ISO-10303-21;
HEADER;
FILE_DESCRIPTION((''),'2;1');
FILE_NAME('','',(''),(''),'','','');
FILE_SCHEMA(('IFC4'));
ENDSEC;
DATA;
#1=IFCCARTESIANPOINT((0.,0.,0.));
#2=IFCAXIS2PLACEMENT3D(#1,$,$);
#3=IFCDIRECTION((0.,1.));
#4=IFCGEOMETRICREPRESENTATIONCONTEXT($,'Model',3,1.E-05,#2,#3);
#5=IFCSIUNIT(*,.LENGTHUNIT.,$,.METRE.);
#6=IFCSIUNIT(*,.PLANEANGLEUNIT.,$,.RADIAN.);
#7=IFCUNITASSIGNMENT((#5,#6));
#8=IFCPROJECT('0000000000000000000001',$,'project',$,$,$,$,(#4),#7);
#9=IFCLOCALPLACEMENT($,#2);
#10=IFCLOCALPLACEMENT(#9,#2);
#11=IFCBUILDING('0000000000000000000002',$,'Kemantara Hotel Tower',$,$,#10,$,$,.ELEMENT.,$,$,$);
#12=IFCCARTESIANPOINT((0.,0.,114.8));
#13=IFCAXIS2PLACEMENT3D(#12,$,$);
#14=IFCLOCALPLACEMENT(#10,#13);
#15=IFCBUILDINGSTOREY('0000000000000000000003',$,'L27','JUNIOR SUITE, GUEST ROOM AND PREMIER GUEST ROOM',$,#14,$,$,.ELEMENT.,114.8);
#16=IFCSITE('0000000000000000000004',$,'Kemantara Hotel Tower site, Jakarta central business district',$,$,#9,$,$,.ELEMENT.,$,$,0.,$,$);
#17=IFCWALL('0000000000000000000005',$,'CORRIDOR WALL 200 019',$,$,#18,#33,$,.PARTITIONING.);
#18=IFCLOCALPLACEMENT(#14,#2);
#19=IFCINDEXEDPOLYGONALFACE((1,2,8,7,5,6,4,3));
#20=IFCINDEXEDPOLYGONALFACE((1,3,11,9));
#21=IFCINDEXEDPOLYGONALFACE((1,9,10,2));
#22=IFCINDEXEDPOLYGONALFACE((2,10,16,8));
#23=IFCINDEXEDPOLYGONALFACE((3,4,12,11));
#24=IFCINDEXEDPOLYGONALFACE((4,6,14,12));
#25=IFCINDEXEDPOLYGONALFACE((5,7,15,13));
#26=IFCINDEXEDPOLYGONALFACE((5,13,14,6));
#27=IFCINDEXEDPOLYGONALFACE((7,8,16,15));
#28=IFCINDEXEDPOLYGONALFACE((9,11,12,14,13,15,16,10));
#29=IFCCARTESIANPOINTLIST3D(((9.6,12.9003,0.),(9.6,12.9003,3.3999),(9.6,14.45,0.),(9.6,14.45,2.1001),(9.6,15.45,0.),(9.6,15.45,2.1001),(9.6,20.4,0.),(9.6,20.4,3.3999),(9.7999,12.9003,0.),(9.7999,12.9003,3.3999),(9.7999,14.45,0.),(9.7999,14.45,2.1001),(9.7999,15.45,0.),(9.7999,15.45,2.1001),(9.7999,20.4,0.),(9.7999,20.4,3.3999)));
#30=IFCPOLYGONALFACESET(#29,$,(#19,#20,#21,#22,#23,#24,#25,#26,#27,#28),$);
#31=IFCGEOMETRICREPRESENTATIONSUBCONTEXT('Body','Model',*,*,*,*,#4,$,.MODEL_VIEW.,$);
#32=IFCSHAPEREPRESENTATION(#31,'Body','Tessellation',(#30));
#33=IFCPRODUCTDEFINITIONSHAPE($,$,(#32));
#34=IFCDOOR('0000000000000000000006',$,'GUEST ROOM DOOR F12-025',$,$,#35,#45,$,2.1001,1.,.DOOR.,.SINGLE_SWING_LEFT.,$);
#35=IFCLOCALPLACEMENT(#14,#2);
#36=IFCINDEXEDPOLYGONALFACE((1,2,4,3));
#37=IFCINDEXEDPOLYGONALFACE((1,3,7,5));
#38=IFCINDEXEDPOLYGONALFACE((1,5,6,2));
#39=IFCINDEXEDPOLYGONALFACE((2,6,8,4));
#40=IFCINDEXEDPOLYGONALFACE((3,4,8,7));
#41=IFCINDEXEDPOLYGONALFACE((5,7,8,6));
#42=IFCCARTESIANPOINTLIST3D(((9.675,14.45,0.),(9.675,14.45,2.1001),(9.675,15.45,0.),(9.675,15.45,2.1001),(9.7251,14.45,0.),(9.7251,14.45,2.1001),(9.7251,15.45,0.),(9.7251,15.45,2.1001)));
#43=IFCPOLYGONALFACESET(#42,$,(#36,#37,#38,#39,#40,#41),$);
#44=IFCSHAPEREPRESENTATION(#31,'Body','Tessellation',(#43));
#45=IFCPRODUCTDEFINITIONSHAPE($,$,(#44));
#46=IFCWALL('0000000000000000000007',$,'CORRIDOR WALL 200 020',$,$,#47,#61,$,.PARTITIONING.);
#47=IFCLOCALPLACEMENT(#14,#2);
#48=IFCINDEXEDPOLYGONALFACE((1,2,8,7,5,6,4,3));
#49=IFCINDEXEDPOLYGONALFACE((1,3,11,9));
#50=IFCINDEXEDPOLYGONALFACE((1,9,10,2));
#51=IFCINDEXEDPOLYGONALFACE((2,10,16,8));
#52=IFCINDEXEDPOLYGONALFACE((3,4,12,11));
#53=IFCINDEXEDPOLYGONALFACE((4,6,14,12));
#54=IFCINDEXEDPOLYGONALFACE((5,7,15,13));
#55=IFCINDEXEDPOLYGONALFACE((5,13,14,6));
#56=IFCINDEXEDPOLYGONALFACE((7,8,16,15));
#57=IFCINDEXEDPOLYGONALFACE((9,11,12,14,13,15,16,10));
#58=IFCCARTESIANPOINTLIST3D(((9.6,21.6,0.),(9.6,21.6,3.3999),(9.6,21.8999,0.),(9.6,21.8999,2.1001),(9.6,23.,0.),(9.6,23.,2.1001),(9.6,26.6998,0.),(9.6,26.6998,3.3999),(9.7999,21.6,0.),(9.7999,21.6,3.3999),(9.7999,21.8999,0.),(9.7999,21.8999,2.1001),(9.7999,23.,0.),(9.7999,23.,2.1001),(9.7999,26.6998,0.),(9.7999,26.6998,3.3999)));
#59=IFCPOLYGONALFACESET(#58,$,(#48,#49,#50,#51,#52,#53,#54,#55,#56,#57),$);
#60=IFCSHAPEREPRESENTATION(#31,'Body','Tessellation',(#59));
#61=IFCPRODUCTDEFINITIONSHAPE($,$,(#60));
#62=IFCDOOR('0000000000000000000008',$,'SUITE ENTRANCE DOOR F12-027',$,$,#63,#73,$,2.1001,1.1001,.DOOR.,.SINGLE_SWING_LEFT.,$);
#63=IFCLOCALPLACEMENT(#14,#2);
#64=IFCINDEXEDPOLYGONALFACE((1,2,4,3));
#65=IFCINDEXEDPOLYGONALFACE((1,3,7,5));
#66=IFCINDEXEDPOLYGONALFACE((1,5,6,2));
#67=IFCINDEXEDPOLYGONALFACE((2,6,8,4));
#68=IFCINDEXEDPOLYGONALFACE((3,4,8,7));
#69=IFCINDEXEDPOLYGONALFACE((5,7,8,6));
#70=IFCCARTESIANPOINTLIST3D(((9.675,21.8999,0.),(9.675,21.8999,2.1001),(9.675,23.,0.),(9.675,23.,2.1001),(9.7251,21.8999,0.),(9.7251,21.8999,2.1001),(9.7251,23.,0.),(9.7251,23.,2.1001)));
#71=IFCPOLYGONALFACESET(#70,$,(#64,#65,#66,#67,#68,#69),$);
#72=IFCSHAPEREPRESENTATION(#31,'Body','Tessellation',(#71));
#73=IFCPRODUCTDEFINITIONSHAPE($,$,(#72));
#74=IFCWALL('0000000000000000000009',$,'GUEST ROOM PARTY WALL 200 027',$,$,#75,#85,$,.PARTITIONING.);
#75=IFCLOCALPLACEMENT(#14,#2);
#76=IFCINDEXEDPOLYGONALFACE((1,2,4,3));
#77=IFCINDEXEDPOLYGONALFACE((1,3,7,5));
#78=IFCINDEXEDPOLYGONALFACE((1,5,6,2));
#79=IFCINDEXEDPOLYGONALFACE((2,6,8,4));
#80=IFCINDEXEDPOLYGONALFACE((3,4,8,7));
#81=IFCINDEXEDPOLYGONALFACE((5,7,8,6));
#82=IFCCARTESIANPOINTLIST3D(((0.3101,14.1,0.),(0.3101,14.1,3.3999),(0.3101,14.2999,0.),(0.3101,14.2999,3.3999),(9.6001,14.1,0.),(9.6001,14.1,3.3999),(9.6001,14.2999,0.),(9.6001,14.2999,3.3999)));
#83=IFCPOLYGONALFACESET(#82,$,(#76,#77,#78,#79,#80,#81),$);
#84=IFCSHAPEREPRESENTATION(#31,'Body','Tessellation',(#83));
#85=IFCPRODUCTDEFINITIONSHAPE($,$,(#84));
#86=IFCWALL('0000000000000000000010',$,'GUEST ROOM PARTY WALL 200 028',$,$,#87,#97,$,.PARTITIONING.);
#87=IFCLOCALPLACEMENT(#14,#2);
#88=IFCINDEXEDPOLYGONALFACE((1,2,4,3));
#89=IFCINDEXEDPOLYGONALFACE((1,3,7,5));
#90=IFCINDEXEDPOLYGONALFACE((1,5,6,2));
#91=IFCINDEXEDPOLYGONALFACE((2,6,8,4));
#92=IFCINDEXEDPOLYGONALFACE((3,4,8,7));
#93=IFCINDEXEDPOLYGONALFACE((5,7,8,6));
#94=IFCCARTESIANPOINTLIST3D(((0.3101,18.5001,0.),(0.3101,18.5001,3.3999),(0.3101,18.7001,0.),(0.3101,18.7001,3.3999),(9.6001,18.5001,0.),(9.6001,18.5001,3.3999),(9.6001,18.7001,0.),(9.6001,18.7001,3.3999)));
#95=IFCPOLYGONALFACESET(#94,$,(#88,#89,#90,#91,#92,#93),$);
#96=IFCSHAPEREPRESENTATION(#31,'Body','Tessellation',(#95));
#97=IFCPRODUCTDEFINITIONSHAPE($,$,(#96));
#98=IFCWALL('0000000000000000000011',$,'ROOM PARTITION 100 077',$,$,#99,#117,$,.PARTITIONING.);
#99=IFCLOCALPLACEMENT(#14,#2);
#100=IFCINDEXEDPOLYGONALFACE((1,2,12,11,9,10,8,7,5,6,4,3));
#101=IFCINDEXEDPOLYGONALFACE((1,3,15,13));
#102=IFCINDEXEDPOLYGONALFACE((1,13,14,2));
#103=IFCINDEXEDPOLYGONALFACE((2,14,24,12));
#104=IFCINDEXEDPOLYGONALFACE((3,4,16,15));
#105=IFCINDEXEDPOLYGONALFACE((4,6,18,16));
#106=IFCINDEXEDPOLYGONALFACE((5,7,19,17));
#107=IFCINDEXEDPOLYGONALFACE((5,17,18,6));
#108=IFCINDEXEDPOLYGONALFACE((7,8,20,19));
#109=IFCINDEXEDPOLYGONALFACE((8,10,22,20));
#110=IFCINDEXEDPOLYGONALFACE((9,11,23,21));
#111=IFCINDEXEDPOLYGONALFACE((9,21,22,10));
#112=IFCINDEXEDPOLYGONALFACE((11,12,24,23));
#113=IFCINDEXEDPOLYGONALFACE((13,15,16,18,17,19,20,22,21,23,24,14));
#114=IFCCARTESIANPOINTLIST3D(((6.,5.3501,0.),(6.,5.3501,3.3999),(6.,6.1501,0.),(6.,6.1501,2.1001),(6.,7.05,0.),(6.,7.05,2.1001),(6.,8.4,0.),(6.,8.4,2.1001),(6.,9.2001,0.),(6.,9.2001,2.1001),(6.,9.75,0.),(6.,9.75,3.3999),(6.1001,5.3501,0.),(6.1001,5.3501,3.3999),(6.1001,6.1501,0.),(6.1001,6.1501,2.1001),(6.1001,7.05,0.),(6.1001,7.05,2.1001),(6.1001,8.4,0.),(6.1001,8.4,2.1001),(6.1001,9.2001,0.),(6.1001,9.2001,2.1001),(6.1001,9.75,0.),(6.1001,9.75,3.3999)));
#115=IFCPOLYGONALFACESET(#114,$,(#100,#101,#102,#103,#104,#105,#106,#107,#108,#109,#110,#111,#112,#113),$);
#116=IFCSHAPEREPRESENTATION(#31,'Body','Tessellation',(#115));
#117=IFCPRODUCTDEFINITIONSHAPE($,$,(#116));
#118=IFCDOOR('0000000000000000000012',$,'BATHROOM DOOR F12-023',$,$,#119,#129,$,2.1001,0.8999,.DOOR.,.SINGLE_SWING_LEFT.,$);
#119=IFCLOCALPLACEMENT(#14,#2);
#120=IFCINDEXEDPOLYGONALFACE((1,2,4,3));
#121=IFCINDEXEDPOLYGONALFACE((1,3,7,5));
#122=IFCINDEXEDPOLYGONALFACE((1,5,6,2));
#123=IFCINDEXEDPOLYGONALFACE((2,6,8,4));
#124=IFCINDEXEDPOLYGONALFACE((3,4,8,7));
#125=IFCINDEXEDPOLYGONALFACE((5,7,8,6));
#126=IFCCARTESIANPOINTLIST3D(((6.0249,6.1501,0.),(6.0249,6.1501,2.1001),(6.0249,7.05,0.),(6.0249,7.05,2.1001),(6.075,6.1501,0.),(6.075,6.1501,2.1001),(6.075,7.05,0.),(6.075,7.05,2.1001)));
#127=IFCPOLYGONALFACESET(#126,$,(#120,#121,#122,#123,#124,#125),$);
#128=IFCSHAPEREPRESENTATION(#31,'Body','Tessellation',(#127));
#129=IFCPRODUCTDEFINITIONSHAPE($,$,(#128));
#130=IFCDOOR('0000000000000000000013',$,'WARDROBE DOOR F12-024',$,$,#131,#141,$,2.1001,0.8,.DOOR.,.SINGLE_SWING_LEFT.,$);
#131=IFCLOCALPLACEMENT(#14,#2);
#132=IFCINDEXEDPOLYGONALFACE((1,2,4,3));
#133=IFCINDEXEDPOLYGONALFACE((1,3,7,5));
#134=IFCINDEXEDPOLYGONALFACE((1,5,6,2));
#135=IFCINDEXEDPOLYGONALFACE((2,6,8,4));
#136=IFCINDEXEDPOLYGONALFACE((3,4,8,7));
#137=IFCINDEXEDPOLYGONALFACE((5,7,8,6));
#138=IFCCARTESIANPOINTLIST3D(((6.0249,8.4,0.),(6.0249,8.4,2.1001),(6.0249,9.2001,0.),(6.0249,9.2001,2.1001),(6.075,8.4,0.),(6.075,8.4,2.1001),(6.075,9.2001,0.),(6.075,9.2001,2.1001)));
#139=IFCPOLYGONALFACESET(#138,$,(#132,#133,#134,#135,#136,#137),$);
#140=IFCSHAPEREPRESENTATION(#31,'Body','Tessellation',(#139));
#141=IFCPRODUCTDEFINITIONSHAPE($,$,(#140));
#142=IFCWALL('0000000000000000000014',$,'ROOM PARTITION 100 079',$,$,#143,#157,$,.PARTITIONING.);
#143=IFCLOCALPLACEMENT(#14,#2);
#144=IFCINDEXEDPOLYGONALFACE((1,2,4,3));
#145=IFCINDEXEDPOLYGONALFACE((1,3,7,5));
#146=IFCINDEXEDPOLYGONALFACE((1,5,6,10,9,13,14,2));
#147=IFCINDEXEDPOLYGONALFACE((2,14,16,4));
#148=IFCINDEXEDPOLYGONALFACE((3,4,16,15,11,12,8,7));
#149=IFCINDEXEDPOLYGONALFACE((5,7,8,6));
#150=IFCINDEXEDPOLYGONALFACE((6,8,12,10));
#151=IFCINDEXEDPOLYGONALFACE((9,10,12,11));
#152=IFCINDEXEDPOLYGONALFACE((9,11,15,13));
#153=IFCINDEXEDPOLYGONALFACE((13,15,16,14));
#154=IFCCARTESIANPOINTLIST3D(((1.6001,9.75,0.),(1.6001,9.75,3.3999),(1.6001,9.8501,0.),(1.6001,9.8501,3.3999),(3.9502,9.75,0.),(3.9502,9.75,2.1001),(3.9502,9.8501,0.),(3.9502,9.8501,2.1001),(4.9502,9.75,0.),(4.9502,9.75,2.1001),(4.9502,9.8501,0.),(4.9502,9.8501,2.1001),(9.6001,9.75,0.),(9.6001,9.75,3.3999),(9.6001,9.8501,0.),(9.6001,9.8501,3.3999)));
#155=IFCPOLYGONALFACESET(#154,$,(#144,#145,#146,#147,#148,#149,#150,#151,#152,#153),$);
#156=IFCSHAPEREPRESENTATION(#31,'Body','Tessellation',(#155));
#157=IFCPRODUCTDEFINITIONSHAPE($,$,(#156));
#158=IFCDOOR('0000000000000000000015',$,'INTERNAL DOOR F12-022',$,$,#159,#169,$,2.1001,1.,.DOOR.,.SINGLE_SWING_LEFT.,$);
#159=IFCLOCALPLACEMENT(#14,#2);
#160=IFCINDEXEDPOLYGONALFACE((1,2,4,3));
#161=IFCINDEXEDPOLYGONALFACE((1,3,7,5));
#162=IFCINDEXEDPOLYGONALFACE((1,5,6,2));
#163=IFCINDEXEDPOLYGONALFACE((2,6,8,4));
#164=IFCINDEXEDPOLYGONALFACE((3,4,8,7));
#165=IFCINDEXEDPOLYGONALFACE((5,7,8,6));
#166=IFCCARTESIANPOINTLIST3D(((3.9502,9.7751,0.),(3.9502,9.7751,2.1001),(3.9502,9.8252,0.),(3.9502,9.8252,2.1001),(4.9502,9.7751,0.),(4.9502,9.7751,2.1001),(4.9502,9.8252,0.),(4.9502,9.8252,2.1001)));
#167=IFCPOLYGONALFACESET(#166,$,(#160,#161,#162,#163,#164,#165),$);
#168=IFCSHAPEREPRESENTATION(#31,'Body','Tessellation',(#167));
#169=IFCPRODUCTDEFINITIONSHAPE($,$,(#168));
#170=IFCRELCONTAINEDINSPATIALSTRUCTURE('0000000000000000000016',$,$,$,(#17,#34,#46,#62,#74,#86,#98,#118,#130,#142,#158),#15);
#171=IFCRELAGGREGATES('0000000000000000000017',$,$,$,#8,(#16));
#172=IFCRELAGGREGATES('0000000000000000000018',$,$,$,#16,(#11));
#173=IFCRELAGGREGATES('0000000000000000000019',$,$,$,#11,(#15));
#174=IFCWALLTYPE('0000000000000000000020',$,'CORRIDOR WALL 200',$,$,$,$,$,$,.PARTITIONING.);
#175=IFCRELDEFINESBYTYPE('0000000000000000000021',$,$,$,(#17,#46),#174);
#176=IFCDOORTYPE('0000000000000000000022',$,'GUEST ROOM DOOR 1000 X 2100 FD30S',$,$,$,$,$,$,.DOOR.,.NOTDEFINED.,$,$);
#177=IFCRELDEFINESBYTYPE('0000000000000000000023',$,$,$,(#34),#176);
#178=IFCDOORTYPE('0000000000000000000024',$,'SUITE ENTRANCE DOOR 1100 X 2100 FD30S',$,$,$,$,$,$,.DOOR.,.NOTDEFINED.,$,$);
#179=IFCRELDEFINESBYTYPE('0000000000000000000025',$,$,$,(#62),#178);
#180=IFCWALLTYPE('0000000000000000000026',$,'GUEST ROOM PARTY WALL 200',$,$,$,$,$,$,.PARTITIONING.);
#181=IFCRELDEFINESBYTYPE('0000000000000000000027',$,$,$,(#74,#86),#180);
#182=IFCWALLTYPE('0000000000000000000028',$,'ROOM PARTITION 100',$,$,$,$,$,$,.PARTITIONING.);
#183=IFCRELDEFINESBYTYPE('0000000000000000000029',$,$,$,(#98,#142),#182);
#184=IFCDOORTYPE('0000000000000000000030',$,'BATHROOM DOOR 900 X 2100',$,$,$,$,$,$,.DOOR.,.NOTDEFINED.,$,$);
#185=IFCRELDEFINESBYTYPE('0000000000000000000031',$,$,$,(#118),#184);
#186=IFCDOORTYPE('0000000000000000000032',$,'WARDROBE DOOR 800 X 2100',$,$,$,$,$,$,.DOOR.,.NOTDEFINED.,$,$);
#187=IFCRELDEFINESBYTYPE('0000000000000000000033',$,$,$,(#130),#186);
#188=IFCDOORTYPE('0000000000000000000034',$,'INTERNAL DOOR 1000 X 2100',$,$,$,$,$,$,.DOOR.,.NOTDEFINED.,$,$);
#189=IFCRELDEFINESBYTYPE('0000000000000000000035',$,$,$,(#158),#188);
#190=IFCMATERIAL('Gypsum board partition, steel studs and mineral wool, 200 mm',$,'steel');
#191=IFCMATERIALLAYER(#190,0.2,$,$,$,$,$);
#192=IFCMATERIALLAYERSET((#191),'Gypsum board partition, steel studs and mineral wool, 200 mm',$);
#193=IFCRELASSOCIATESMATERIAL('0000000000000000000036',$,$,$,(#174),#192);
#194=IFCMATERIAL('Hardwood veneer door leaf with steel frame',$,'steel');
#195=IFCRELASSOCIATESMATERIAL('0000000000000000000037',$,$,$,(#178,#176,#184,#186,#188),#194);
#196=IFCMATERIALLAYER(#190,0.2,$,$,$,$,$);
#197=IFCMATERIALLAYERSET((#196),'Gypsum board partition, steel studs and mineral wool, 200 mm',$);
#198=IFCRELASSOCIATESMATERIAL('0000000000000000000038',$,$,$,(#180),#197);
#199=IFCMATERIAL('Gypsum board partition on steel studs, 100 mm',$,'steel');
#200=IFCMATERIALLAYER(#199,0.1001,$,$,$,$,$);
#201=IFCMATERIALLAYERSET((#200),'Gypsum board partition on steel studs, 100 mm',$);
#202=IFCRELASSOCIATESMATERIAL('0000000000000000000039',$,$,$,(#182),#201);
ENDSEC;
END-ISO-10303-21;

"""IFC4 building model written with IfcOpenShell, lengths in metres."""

from ifc_helpers import new_model, si_unit, direction, frame, frame_2d, origin, place, context, subcontext, project, spatial, rectangle, extrude, material, layer, layer_set, type_object, element, fill, save


model = new_model("IFC4")

# Units and contexts
model_context = context("Model", 3, precision=1e-05, world=origin(), true_north=direction((0.0, 1.0)))
body_context = subcontext(model_context, "Body", "Model", "MODEL_VIEW")
ifc_project = project(units=[si_unit("LENGTHUNIT", "METRE"), si_unit("PLANEANGLEUNIT", "RADIAN")], contexts=[model_context])

# Site, building, storey
site_placement = place(None, origin())
site = spatial("IfcSite", under=ifc_project, at=site_placement, Name="Kemantara Hotel Tower site, Jakarta central business district", CompositionType="ELEMENT", RefElevation=0.0)
building_placement = place(site_placement, origin())
building = spatial("IfcBuilding", under=site, at=building_placement, Name="Kemantara Hotel Tower", CompositionType="ELEMENT")
storey_placement = place(building_placement, frame((0.0, 0.0, 114.8)))
storey = spatial("IfcBuildingStorey", under=building, at=storey_placement, Name="L27", Description="JUNIOR SUITE, GUEST ROOM AND PREMIER GUEST ROOM", CompositionType="ELEMENT", Elevation=114.8)

# Walls, openings, doors
ifc_material_1 = material(Name="Gypsum board partition, steel studs and mineral wool, 200 mm", Category="steel")
ifc_layer_1 = layer(ifc_material_1, 0.2)
ifc_layer_set_1 = layer_set([ifc_layer_1], Name="Gypsum board partition, steel studs and mineral wool, 200 mm")
wall_type_1 = type_object("IfcWallType", Name="CORRIDOR WALL 200", PredefinedType="PARTITIONING", material=ifc_layer_set_1)
ifc_material_2 = material(Name="Hardwood veneer door leaf with steel frame", Category="steel")
door_type_1 = type_object("IfcDoorType", Name="SUITE ENTRANCE DOOR 1100 X 2100 FD30S", OperationType="NOTDEFINED", PredefinedType="DOOR", material=ifc_material_2)
wall_1_placement = place(storey_placement, frame((9.7, 12.9001, 0.0), z_axis=(0.0, 0.0, 1.0), x_axis=(0.0, 1.0, 0.0)))
wall_1 = element("IfcWall", 1, at=wall_1_placement, inside=storey, type_object=wall_type_1, Name="CORRIDOR WALL 200 019", PredefinedType="PARTITIONING", context=body_context, shape_type="SweptSolid", body=[
    extrude(rectangle(XDim=7.4998, YDim=0.2, at=frame_2d((3.75, 0.0))), origin(), (0.0, 0.0, 1.0), 3.3999),
])
opening_1_placement = place(wall_1_placement, frame((1.5498, 0.0, 0.0)))
opening_1 = element("IfcOpeningElement", 2, at=opening_1_placement, cuts=wall_1, PredefinedType="OPENING", context=body_context, shape_type="SweptSolid", body=[
    extrude(rectangle(XDim=1.0, YDim=2.1001, at=frame_2d((0.5, 1.05))), frame((0.0, 0.1099, 0.0), z_axis=(0.0, -1.0, 0.0), x_axis=(1.0, 0.0, 0.0)), (0.0, 0.0, 1.0), 0.22),
])
door_type_2 = type_object("IfcDoorType", Name="GUEST ROOM DOOR 1000 X 2100 FD30S", OperationType="NOTDEFINED", PredefinedType="DOOR", material=ifc_material_2)
door_1_placement = place(opening_1_placement, origin())
door_1 = element("IfcDoor", 3, at=door_1_placement, inside=storey, type_object=door_type_2, Name="GUEST ROOM DOOR F12-025", OperationType="SINGLE_SWING_LEFT", OverallHeight=2.1001, OverallWidth=1.0, PredefinedType="DOOR", context=body_context, shape_type="SweptSolid", body=[
    extrude(rectangle(XDim=1.0, YDim=2.1001, at=frame_2d((0.5, 1.05))), frame((0.0, 0.0249, 0.0), z_axis=(0.0, -1.0, 0.0), x_axis=(1.0, 0.0, 0.0)), (0.0, 0.0, 1.0), 0.05),
])
fill(opening_1, door_1)
wall_2_placement = place(storey_placement, frame((9.7, 21.6001, 0.0), z_axis=(0.0, 0.0, 1.0), x_axis=(0.0, 1.0, 0.0)))
wall_2 = element("IfcWall", 4, at=wall_2_placement, inside=storey, type_object=wall_type_1, Name="CORRIDOR WALL 200 020", PredefinedType="PARTITIONING", context=body_context, shape_type="SweptSolid", body=[
    extrude(rectangle(XDim=5.0999, YDim=0.2, at=frame_2d((2.5498, 0.0))), origin(), (0.0, 0.0, 1.0), 3.3999),
])
opening_2_placement = place(wall_2_placement, frame((0.2998, 0.0, 0.0)))
opening_2 = element("IfcOpeningElement", 5, at=opening_2_placement, cuts=wall_2, PredefinedType="OPENING", context=body_context, shape_type="SweptSolid", body=[
    extrude(rectangle(XDim=1.1001, YDim=2.1001, at=frame_2d((0.55, 1.05))), frame((0.0, 0.1099, 0.0), z_axis=(0.0, -1.0, 0.0), x_axis=(1.0, 0.0, 0.0)), (0.0, 0.0, 1.0), 0.22),
])
door_2_placement = place(opening_2_placement, origin())
door_2 = element("IfcDoor", 6, at=door_2_placement, inside=storey, type_object=door_type_1, Name="SUITE ENTRANCE DOOR F12-027", OperationType="SINGLE_SWING_LEFT", OverallHeight=2.1001, OverallWidth=1.1001, PredefinedType="DOOR", context=body_context, shape_type="SweptSolid", body=[
    extrude(rectangle(XDim=1.1001, YDim=2.1001, at=frame_2d((0.55, 1.05))), frame((0.0, 0.0249, 0.0), z_axis=(0.0, -1.0, 0.0), x_axis=(1.0, 0.0, 0.0)), (0.0, 0.0, 1.0), 0.05),
])
fill(opening_2, door_2)

# Walls
ifc_layer_2 = layer(ifc_material_1, 0.2)
ifc_layer_set_2 = layer_set([ifc_layer_2], Name="Gypsum board partition, steel studs and mineral wool, 200 mm")
wall_type_2 = type_object("IfcWallType", Name="GUEST ROOM PARTY WALL 200", PredefinedType="PARTITIONING", material=ifc_layer_set_2)
for number, where, z_axis, x_axis, name in (
    (7, (0.3101, 14.2, 0.0), (0.0, 0.0, 1.0), (1.0, 0.0, 0.0), "GUEST ROOM PARTY WALL 200 027"),
    (8, (0.3101, 18.6001, 0.0), (0.0, 0.0, 1.0), (1.0, 0.0, 0.0), "GUEST ROOM PARTY WALL 200 028"),
):
    element("IfcWall", number, at=place(storey_placement, frame(where, z_axis=z_axis, x_axis=x_axis)), inside=storey, type_object=wall_type_2, Name=name, PredefinedType="PARTITIONING", context=body_context, shape_type="SweptSolid", body=[
        extrude(rectangle(XDim=9.29, YDim=0.2, at=frame_2d((4.645, 0.0))), origin(), (0.0, 0.0, 1.0), 3.3999),
    ])

# Wall, openings, doors
ifc_material_3 = material(Name="Gypsum board partition on steel studs, 100 mm", Category="steel")
ifc_layer_3 = layer(ifc_material_3, 0.1001)
ifc_layer_set_3 = layer_set([ifc_layer_3], Name="Gypsum board partition on steel studs, 100 mm")
wall_type_3 = type_object("IfcWallType", Name="ROOM PARTITION 100", PredefinedType="PARTITIONING", material=ifc_layer_set_3)
wall_3_placement = place(storey_placement, frame((6.05, 9.75, 0.0), z_axis=(0.0, 0.0, 1.0), x_axis=(0.0, -1.0, 0.0)))
wall_3 = element("IfcWall", 9, at=wall_3_placement, inside=storey, type_object=wall_type_3, Name="ROOM PARTITION 100 077", PredefinedType="PARTITIONING", context=body_context, shape_type="SweptSolid", body=[
    extrude(rectangle(XDim=4.3999, YDim=0.1001, at=frame_2d((2.2, 0.0))), origin(), (0.0, 0.0, 1.0), 3.3999),
])
opening_3_placement = place(wall_3_placement, frame((2.7, 0.0, 0.0)))
opening_3 = element("IfcOpeningElement", 10, at=opening_3_placement, cuts=wall_3, PredefinedType="OPENING", context=body_context, shape_type="SweptSolid", body=[
    extrude(rectangle(XDim=0.8999, YDim=2.1001, at=frame_2d((0.45, 1.05))), frame((0.0, 0.0601, 0.0), z_axis=(0.0, -1.0, 0.0), x_axis=(1.0, 0.0, 0.0)), (0.0, 0.0, 1.0), 0.1201),
])
opening_4_placement = place(wall_3_placement, frame((0.55, 0.0, 0.0)))
opening_4 = element("IfcOpeningElement", 11, at=opening_4_placement, cuts=wall_3, PredefinedType="OPENING", context=body_context, shape_type="SweptSolid", body=[
    extrude(rectangle(XDim=0.8, YDim=2.1001, at=frame_2d((0.3999, 1.05))), frame((0.0, 0.0601, 0.0), z_axis=(0.0, -1.0, 0.0), x_axis=(1.0, 0.0, 0.0)), (0.0, 0.0, 1.0), 0.1201),
])
door_type_3 = type_object("IfcDoorType", Name="BATHROOM DOOR 900 X 2100", OperationType="NOTDEFINED", PredefinedType="DOOR", material=ifc_material_2)
door_3_placement = place(opening_3_placement, origin())
door_3 = element("IfcDoor", 12, at=door_3_placement, inside=storey, type_object=door_type_3, Name="BATHROOM DOOR F12-023", OperationType="SINGLE_SWING_LEFT", OverallHeight=2.1001, OverallWidth=0.8999, PredefinedType="DOOR", context=body_context, shape_type="SweptSolid", body=[
    extrude(rectangle(XDim=0.8999, YDim=2.1001, at=frame_2d((0.45, 1.05))), frame((0.0, 0.0249, 0.0), z_axis=(0.0, -1.0, 0.0), x_axis=(1.0, 0.0, 0.0)), (0.0, 0.0, 1.0), 0.05),
])
fill(opening_3, door_3)
door_type_4 = type_object("IfcDoorType", Name="WARDROBE DOOR 800 X 2100", OperationType="NOTDEFINED", PredefinedType="DOOR", material=ifc_material_2)
door_4_placement = place(opening_4_placement, origin())
door_4 = element("IfcDoor", 13, at=door_4_placement, inside=storey, type_object=door_type_4, Name="WARDROBE DOOR F12-024", OperationType="SINGLE_SWING_LEFT", OverallHeight=2.1001, OverallWidth=0.8, PredefinedType="DOOR", context=body_context, shape_type="SweptSolid", body=[
    extrude(rectangle(XDim=0.8, YDim=2.1001, at=frame_2d((0.3999, 1.05))), frame((0.0, 0.0249, 0.0), z_axis=(0.0, -1.0, 0.0), x_axis=(1.0, 0.0, 0.0)), (0.0, 0.0, 1.0), 0.05),
])
fill(opening_4, door_4)

# Wall, opening, door
wall_4_placement = place(storey_placement, frame((9.6001, 9.8, 0.0), z_axis=(0.0, 0.0, 1.0), x_axis=(-1.0, 0.0, 0.0)))
wall_4 = element("IfcWall", 14, at=wall_4_placement, inside=storey, type_object=wall_type_3, Name="ROOM PARTITION 100 079", PredefinedType="PARTITIONING", context=body_context, shape_type="SweptSolid", body=[
    extrude(rectangle(XDim=8.0, YDim=0.1001, at=frame_2d((4.0, 0.0))), origin(), (0.0, 0.0, 1.0), 3.3999),
])
opening_5_placement = place(wall_4_placement, frame((4.6499, 0.0, 0.0)))
opening_5 = element("IfcOpeningElement", 15, at=opening_5_placement, cuts=wall_4, PredefinedType="OPENING", context=body_context, shape_type="SweptSolid", body=[
    extrude(rectangle(XDim=1.0, YDim=2.1001, at=frame_2d((0.5, 1.05))), frame((0.0, 0.0601, 0.0), z_axis=(0.0, -1.0, 0.0), x_axis=(1.0, 0.0, 0.0)), (0.0, 0.0, 1.0), 0.1201),
])
door_type_5 = type_object("IfcDoorType", Name="INTERNAL DOOR 1000 X 2100", OperationType="NOTDEFINED", PredefinedType="DOOR", material=ifc_material_2)
door_5_placement = place(opening_5_placement, origin())
door_5 = element("IfcDoor", 16, at=door_5_placement, inside=storey, type_object=door_type_5, Name="INTERNAL DOOR F12-022", OperationType="SINGLE_SWING_LEFT", OverallHeight=2.1001, OverallWidth=1.0, PredefinedType="DOOR", context=body_context, shape_type="SweptSolid", body=[
    extrude(rectangle(XDim=1.0, YDim=2.1001, at=frame_2d((0.5, 1.05))), frame((0.0, 0.0249, 0.0), z_axis=(0.0, -1.0, 0.0), x_axis=(1.0, 0.0, 0.0)), (0.0, 0.0, 1.0), 0.05),
])
fill(opening_5, door_5)

save(model, "model.ifc")
